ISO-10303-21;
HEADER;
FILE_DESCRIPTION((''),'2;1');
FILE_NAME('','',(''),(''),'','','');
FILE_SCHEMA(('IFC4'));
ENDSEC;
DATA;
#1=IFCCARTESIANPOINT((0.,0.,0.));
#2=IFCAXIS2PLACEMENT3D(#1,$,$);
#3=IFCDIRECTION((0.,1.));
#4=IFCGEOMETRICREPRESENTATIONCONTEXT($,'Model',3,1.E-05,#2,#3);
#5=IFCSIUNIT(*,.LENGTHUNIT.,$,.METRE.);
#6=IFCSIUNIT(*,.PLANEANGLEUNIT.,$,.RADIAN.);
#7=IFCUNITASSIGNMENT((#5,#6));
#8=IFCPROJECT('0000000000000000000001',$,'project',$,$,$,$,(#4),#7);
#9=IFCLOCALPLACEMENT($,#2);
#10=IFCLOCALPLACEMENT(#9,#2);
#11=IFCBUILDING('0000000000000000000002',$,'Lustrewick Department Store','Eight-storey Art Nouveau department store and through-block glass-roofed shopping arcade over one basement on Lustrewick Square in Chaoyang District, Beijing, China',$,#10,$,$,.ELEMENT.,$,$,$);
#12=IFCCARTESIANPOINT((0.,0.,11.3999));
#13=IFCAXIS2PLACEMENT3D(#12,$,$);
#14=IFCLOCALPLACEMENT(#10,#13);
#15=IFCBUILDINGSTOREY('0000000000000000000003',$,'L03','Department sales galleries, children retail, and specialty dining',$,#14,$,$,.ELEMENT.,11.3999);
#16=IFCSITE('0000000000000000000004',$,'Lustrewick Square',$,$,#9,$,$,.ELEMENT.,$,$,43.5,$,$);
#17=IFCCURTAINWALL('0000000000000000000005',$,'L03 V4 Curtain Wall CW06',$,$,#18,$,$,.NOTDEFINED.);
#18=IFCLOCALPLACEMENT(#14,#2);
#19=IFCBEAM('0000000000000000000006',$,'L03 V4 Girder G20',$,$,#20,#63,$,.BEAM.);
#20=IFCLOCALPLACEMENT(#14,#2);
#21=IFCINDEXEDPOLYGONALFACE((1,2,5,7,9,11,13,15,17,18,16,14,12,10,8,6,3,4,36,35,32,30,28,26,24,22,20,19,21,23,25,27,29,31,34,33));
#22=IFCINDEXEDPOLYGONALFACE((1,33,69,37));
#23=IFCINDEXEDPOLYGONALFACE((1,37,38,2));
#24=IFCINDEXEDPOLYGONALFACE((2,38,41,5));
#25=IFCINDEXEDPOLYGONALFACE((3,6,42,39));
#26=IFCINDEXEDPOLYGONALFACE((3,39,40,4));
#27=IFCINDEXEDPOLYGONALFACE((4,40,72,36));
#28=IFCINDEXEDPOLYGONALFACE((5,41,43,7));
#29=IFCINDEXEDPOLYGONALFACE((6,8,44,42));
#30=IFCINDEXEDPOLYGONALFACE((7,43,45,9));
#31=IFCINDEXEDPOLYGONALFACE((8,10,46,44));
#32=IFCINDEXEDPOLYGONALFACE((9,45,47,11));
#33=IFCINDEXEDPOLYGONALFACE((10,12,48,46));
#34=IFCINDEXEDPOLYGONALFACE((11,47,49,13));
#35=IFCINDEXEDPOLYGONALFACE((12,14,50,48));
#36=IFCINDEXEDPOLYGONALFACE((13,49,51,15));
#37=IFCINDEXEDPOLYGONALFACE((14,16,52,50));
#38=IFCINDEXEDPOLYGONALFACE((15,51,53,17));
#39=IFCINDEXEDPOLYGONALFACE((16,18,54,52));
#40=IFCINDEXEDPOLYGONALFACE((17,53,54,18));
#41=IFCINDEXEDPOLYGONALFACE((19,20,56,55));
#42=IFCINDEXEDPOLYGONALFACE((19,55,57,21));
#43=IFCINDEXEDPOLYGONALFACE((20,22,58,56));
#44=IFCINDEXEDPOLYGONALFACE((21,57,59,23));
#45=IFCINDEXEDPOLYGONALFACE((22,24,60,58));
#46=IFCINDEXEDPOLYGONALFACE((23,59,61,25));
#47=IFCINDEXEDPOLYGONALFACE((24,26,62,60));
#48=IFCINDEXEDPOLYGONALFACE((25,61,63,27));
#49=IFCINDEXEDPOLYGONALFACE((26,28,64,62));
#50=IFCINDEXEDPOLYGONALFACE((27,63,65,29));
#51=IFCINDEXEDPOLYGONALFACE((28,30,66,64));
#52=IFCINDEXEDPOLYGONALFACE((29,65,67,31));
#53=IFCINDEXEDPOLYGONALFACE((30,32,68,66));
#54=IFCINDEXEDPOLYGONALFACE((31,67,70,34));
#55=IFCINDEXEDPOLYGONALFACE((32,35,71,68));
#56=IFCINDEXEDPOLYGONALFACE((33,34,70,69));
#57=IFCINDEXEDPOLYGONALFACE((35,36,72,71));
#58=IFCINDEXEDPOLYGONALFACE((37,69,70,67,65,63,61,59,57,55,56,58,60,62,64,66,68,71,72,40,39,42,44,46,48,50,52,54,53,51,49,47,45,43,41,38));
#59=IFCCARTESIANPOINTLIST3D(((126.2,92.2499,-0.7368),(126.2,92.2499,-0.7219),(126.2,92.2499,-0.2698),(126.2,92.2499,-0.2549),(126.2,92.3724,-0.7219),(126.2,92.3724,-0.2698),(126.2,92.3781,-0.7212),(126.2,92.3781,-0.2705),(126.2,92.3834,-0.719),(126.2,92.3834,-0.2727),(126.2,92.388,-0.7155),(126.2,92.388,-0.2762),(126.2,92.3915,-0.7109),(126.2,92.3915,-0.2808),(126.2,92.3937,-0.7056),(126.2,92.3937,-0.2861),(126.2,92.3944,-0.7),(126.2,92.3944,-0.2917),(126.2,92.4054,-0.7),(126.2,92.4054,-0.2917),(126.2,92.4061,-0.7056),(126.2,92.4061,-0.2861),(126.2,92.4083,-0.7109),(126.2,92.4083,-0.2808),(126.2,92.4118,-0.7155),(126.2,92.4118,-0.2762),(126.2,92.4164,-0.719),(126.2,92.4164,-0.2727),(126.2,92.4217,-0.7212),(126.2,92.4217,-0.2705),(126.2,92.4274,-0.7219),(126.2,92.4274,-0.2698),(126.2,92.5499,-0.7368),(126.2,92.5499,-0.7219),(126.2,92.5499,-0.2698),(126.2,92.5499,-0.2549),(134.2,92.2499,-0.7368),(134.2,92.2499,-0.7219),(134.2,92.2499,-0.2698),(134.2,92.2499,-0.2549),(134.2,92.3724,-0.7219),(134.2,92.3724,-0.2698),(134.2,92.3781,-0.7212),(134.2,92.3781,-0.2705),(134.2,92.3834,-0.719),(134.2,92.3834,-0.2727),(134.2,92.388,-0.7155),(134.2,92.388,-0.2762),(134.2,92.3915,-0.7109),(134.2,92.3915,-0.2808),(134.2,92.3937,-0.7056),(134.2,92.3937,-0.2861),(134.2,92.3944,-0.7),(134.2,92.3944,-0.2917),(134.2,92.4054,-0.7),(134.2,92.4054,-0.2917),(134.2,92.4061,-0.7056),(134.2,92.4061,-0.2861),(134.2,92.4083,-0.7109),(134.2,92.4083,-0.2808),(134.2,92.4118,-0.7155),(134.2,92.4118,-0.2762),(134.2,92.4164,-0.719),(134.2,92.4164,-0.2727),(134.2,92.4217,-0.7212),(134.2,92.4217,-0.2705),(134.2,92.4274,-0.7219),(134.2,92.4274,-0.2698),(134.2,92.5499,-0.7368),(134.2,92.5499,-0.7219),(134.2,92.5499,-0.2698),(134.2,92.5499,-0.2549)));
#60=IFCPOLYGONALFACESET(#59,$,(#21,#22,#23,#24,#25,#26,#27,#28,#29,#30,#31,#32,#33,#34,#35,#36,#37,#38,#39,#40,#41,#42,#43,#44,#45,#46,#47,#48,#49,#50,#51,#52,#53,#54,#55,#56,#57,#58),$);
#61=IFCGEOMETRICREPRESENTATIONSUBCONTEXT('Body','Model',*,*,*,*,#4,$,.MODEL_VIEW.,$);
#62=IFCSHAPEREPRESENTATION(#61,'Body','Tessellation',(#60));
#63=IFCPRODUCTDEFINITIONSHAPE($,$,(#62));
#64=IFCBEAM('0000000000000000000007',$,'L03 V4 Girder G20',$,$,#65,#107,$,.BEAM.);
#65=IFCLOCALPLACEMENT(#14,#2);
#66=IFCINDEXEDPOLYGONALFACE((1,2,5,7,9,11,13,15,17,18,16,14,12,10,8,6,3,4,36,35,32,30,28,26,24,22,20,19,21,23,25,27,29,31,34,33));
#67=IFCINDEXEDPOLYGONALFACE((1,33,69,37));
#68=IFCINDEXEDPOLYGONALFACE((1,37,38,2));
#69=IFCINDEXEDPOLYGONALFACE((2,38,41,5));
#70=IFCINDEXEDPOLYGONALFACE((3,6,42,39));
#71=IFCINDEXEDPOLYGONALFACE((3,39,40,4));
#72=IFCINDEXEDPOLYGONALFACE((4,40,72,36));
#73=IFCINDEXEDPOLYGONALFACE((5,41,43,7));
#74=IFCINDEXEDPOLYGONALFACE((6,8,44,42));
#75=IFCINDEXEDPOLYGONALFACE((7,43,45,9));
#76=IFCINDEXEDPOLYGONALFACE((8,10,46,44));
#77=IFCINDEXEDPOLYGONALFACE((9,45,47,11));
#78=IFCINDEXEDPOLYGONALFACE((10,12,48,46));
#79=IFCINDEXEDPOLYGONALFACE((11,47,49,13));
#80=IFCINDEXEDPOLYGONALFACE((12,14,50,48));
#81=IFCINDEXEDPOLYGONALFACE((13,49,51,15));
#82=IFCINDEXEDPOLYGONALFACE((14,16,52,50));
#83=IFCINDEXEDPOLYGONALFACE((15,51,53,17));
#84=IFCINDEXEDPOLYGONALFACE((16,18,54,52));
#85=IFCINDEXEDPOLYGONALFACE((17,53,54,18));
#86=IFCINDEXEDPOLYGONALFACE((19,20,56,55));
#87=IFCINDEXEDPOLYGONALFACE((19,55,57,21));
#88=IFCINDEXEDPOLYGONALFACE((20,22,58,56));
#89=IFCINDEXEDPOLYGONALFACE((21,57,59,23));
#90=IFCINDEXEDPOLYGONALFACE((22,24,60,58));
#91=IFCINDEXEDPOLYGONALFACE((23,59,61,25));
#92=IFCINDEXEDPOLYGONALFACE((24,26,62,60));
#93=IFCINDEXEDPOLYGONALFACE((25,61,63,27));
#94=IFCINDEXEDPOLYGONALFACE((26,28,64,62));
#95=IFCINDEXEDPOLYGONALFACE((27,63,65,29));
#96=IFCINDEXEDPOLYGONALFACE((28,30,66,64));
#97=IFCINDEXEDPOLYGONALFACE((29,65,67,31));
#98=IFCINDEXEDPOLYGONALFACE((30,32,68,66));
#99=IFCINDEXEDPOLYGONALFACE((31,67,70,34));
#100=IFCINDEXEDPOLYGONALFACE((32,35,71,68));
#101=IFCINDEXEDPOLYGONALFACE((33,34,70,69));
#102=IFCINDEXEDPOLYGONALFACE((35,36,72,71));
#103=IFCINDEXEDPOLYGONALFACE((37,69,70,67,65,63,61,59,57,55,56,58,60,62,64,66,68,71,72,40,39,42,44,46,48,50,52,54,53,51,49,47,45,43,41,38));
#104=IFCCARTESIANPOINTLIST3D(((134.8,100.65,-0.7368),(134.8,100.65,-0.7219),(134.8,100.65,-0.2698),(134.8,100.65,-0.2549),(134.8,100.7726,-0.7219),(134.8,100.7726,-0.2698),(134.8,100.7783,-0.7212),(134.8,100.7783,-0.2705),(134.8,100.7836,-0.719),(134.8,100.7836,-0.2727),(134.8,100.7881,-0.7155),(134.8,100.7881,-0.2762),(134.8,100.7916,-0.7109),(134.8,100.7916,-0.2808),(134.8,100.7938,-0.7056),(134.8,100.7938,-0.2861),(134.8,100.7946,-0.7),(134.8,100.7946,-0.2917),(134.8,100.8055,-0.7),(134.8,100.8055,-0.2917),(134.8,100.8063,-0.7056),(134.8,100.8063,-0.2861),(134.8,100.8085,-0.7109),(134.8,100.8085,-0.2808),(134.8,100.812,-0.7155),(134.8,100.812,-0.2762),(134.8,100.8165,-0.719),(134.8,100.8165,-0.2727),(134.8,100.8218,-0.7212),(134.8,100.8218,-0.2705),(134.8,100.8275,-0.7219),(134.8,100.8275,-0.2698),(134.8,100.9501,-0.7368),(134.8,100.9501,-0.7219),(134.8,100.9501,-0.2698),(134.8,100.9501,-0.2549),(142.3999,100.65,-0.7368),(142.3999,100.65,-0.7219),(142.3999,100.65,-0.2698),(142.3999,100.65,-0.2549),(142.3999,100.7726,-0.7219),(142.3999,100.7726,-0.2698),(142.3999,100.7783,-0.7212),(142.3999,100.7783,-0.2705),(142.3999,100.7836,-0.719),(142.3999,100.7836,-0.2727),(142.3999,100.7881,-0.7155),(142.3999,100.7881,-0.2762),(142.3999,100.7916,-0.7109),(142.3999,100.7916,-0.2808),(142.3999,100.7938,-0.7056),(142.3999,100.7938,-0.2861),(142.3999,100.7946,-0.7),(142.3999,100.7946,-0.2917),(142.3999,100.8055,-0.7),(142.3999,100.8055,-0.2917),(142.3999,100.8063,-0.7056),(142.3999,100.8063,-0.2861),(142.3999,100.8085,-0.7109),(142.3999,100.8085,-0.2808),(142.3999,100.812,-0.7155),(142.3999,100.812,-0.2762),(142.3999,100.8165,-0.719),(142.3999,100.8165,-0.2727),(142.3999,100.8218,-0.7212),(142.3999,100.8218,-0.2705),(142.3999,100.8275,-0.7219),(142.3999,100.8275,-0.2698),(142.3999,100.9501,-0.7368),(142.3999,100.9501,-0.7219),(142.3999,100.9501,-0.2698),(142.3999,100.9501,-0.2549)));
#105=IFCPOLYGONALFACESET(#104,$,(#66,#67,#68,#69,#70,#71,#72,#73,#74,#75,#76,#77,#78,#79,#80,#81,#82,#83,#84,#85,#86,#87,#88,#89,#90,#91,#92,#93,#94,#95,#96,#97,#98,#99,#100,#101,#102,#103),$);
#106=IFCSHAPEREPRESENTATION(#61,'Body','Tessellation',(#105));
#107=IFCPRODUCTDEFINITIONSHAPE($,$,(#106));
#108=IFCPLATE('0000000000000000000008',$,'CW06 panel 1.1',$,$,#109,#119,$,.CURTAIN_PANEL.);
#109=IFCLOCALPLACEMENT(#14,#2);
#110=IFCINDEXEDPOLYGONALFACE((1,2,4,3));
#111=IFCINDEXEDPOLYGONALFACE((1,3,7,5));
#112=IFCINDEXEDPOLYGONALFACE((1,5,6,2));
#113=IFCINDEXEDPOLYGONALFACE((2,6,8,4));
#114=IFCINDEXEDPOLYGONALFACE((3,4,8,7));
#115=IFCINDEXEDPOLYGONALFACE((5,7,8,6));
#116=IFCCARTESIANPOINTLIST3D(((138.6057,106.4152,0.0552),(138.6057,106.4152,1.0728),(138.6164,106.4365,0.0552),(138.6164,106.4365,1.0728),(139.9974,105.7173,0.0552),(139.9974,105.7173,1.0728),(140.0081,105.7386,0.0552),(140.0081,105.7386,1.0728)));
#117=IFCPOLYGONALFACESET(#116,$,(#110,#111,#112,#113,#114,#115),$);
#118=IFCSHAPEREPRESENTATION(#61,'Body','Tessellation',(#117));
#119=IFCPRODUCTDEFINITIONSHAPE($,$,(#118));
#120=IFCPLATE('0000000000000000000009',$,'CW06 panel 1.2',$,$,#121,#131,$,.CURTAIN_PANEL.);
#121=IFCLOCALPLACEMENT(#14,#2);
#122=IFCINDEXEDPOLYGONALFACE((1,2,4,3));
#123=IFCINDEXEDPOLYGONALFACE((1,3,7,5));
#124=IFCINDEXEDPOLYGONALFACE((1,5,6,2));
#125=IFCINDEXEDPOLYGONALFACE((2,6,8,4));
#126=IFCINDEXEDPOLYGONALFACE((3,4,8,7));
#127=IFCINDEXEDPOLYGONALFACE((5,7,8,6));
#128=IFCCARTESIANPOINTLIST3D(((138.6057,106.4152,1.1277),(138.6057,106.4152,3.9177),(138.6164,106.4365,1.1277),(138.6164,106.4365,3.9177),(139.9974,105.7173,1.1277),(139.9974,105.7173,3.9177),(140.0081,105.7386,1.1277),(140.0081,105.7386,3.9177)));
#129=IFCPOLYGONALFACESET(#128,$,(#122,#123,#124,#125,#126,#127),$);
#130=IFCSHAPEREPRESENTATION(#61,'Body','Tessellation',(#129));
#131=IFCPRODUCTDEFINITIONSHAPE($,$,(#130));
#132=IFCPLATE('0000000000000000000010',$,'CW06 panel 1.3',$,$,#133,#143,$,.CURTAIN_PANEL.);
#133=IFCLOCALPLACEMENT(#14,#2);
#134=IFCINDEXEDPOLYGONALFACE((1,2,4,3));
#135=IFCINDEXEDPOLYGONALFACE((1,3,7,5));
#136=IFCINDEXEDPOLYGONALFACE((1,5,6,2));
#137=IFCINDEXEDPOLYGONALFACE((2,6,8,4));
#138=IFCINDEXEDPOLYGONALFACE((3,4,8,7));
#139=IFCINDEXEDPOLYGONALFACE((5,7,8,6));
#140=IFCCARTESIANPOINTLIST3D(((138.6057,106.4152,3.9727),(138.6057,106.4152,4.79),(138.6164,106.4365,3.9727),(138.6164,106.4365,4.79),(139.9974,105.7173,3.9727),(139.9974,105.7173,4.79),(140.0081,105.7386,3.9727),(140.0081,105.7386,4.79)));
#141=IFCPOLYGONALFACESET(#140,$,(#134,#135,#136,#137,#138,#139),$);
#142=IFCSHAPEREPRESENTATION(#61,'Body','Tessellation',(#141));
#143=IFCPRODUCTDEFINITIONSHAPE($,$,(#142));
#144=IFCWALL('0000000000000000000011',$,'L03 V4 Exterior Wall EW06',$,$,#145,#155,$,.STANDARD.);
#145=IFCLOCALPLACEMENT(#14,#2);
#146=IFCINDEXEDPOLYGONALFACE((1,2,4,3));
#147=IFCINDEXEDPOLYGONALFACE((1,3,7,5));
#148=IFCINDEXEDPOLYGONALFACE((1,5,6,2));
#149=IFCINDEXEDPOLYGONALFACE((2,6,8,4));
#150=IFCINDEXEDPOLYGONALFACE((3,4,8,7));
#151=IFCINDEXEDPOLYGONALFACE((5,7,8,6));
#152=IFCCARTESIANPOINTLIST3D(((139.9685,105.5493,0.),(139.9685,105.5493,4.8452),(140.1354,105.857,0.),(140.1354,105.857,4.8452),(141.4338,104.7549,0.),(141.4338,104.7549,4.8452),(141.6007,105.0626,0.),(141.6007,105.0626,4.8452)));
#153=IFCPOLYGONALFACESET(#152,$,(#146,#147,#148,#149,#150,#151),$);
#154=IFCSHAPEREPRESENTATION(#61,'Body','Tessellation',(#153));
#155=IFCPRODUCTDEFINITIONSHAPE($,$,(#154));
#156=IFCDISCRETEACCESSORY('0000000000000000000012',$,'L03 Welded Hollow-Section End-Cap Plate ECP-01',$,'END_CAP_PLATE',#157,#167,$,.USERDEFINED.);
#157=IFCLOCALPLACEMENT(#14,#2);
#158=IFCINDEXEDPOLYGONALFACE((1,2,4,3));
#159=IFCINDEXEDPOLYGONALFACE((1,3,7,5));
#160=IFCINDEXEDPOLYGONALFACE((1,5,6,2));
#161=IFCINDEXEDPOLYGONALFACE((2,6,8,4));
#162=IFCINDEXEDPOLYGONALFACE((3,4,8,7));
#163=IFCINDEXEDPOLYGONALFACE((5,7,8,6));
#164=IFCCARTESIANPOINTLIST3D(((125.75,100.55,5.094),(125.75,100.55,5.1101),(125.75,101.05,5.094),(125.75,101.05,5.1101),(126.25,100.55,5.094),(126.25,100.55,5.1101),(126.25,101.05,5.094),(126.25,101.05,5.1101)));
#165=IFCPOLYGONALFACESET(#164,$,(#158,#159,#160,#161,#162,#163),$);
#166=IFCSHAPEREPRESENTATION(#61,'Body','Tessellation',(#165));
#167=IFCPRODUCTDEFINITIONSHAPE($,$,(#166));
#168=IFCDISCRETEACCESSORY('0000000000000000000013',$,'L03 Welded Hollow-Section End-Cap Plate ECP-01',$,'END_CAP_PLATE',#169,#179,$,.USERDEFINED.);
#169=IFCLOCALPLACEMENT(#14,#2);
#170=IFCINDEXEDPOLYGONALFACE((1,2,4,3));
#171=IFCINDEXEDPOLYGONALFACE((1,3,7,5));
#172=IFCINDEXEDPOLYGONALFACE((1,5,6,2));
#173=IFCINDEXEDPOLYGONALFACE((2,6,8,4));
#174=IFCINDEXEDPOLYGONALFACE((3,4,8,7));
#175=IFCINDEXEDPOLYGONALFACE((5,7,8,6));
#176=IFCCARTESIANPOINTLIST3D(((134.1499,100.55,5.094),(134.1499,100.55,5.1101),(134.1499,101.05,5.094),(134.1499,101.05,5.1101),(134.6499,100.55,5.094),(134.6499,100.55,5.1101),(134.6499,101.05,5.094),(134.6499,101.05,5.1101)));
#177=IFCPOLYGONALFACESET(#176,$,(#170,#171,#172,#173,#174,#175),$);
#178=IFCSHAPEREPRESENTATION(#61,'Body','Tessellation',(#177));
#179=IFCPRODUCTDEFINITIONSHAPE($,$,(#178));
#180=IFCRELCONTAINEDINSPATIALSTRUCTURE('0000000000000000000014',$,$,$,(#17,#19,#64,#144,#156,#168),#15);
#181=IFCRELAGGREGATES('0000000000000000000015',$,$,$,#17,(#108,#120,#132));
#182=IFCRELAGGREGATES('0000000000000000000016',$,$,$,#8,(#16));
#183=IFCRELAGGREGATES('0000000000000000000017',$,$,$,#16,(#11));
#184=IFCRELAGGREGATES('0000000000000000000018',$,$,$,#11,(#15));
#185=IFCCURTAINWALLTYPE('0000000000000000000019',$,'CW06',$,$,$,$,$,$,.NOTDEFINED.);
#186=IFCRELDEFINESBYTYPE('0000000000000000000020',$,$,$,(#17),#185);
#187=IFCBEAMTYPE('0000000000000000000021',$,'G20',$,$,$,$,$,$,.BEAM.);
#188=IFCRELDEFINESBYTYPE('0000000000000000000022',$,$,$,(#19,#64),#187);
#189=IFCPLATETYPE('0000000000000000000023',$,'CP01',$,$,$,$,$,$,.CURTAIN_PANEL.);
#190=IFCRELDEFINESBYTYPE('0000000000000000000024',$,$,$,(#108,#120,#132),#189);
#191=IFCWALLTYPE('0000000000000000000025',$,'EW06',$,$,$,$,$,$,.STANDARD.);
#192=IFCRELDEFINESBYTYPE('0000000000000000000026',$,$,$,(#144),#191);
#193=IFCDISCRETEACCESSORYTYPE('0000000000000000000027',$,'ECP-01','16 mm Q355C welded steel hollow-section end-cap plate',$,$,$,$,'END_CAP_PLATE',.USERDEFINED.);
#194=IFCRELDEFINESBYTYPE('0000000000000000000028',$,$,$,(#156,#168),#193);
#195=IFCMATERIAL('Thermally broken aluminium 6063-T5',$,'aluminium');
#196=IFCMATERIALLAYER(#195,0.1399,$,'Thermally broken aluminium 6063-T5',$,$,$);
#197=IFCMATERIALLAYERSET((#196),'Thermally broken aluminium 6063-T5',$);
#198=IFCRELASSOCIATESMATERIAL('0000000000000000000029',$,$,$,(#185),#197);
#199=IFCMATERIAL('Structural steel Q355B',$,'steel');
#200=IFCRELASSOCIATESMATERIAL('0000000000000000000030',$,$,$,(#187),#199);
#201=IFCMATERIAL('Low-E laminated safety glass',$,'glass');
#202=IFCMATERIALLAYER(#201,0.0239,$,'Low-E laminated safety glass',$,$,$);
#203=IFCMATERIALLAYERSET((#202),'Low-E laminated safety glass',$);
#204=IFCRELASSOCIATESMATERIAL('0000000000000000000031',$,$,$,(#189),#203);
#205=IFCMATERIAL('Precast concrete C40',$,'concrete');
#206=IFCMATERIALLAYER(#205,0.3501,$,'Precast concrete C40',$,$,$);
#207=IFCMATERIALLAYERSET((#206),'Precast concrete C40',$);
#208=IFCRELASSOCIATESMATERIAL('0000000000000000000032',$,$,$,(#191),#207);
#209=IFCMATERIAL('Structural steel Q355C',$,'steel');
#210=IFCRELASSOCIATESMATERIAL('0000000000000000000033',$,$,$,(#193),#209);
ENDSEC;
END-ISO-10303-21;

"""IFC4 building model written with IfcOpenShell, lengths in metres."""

from ifc_helpers import new_model, si_unit, direction, frame, frame_2d, origin, origin_2d, place, context, subcontext, project, spatial, rectangle, i_section, extrude, material, layer, layer_set, material_profile, profile_set, type_object, element, aggregate, save


model = new_model("IFC4")

# Units and contexts
model_context = context("Model", 3, precision=1e-05, world=origin(), true_north=direction((0.0, 1.0)))
body_context = subcontext(model_context, "Body", "Model", "MODEL_VIEW")
ifc_project = project(units=[si_unit("LENGTHUNIT", "METRE"), si_unit("PLANEANGLEUNIT", "RADIAN")], contexts=[model_context])

# Site, building, storey
site_placement = place(None, origin())
site = spatial("IfcSite", under=ifc_project, at=site_placement, Name="Lustrewick Square", CompositionType="ELEMENT", RefElevation=43.5)
building_placement = place(site_placement, origin())
building = spatial("IfcBuilding", under=site, at=building_placement, Name="Lustrewick Department Store", Description="Eight-storey Art Nouveau department store and through-block glass-roofed shopping arcade over one basement on Lustrewick Square in Chaoyang District, Beijing, China", CompositionType="ELEMENT")
storey_placement = place(building_placement, frame((0.0, 0.0, 11.3999)))
storey = spatial("IfcBuildingStorey", under=building, at=storey_placement, Name="L03", Description="Department sales galleries, children retail, and specialty dining", CompositionType="ELEMENT", Elevation=11.3999)

# Shared definitions
ifc_material_1 = material(Name="Structural steel Q355C", Category="steel")
ifc_material_2 = material(Name="Structural steel Q355B", Category="steel")

# Curtain wall
ifc_material_3 = material(Name="Thermally broken aluminium 6063-T5", Category="aluminium")
ifc_layer_1 = layer(ifc_material_3, 0.1399, Name="Thermally broken aluminium 6063-T5")
ifc_layer_set_1 = layer_set([ifc_layer_1], Name="Thermally broken aluminium 6063-T5")
curtain_wall_type = type_object("IfcCurtainWallType", Name="CW06", PredefinedType="NOTDEFINED", material=ifc_layer_set_1)
curtain_wall_placement = place(storey_placement, origin())
curtain_wall = element("IfcCurtainWall", 1, at=curtain_wall_placement, inside=storey, type_object=curtain_wall_type, Name="L03 V4 Curtain Wall CW06", PredefinedType="NOTDEFINED")

# Beams
ifc_material_profile_1 = material_profile(ifc_material_2, i_section(OverallWidth=0.3, OverallDepth=0.4819, WebThickness=0.011, FlangeThickness=0.0149, FilletRadius=0.022, at=origin_2d()), Name="HM 482x300x11x15")
ifc_profile_set_1 = profile_set([ifc_material_profile_1], Name="Structural steel Q355B")
beam_type_1 = type_object("IfcBeamType", Name="G20", PredefinedType="BEAM", material=ifc_profile_set_1)
beam_1_placement = place(storey_placement, frame((126.2, 92.3999, -0.4958), z_axis=(1.0, 0.0, 0.0), x_axis=(0.0, 1.0, 0.0)))
element("IfcBeam", 2, at=beam_1_placement, inside=storey, type_object=beam_type_1, Name="L03 V4 Girder G20", PredefinedType="BEAM", context=body_context, shape_type="SweptSolid", body=[
    extrude(i_section(OverallWidth=0.3, OverallDepth=0.4819, WebThickness=0.011, FlangeThickness=0.0149, FilletRadius=0.022, at=origin_2d()), origin(), (0.0, 0.0, 1.0), 8.0),
])
beam_2_placement = place(storey_placement, frame((134.8, 100.8, -0.4958), z_axis=(1.0, 0.0, 0.0), x_axis=(0.0, 1.0, 0.0)))
element("IfcBeam", 3, at=beam_2_placement, inside=storey, type_object=beam_type_1, Name="L03 V4 Girder G20", PredefinedType="BEAM", context=body_context, shape_type="SweptSolid", body=[
    extrude(i_section(OverallWidth=0.3, OverallDepth=0.4819, WebThickness=0.011, FlangeThickness=0.0149, FilletRadius=0.022, at=origin_2d()), origin(), (0.0, 0.0, 1.0), 7.5999),
])

# Plates
ifc_material_4 = material(Name="Low-E laminated safety glass", Category="glass")
ifc_layer_2 = layer(ifc_material_4, 0.0239, Name="Low-E laminated safety glass")
ifc_layer_set_2 = layer_set([ifc_layer_2], Name="Low-E laminated safety glass")
plate_type = type_object("IfcPlateType", Name="CP01", PredefinedType="CURTAIN_PANEL", material=ifc_layer_set_2)
plate_1_placement = place(storey_placement, frame((139.3069, 106.0769, 0.0552), z_axis=(0.0, 0.0, 1.0), x_axis=(-0.893899, 0.448269, 0.0)))
plate_1 = element("IfcPlate", 4, at=plate_1_placement, type_object=plate_type, Name="CW06 panel 1.1", PredefinedType="CURTAIN_PANEL", context=body_context, shape_type="SweptSolid", body=[
    extrude(rectangle(XDim=1.5569, YDim=0.0239, at=origin_2d()), origin(), (0.0, 0.0, 1.0), 1.0176),
])
plate_2_placement = place(storey_placement, frame((139.3069, 106.0769, 1.1277), z_axis=(0.0, 0.0, 1.0), x_axis=(-0.893899, 0.448269, 0.0)))
plate_2 = element("IfcPlate", 5, at=plate_2_placement, type_object=plate_type, Name="CW06 panel 1.2", PredefinedType="CURTAIN_PANEL", context=body_context, shape_type="SweptSolid", body=[
    extrude(rectangle(XDim=1.5569, YDim=0.0239, at=origin_2d()), origin(), (0.0, 0.0, 1.0), 2.79),
])
plate_3_placement = place(storey_placement, frame((139.3069, 106.0769, 3.9727), z_axis=(0.0, 0.0, 1.0), x_axis=(-0.893899, 0.448269, 0.0)))
plate_3 = element("IfcPlate", 6, at=plate_3_placement, type_object=plate_type, Name="CW06 panel 1.3", PredefinedType="CURTAIN_PANEL", context=body_context, shape_type="SweptSolid", body=[
    extrude(rectangle(XDim=1.5569, YDim=0.0239, at=origin_2d()), origin(), (0.0, 0.0, 1.0), 0.8174),
])
aggregate(curtain_wall, [plate_1, plate_2, plate_3])

# Wall
ifc_material_5 = material(Name="Precast concrete C40", Category="concrete")
ifc_layer_3 = layer(ifc_material_5, 0.3501, Name="Precast concrete C40")
ifc_layer_set_3 = layer_set([ifc_layer_3], Name="Precast concrete C40")
wall_type = type_object("IfcWallType", Name="EW06", PredefinedType="STANDARD", material=ifc_layer_set_3)
wall_placement = place(storey_placement, frame((141.5173, 104.9087, 0.0), z_axis=(0.0, 0.0, 1.0), x_axis=(-0.879113, 0.476613, 0.0)))
element("IfcWall", 7, at=wall_placement, inside=storey, type_object=wall_type, Name="L03 V4 Exterior Wall EW06", PredefinedType="STANDARD", context=body_context, shape_type="SweptSolid", body=[
    extrude(rectangle(XDim=1.6667, YDim=0.3501, at=frame_2d((0.8335, 0.0))), origin(), (0.0, 0.0, 1.0), 4.8452),
])

# Discrete accessories
discrete_accessory_type = type_object("IfcDiscreteAccessoryType", Name="ECP-01", Description="16 mm Q355C welded steel hollow-section end-cap plate", ElementType="END_CAP_PLATE", PredefinedType="USERDEFINED", material=ifc_material_1)
for number, where, z_axis, x_axis, name in (
    (8, (126.0, 100.8, 5.094), (0.0, 0.0, 1.0), (1.0, 0.0, 0.0), "L03 Welded Hollow-Section End-Cap Plate ECP-01"),
    (9, (134.3999, 100.8, 5.094), (0.0, 0.0, 1.0), (1.0, 0.0, 0.0), "L03 Welded Hollow-Section End-Cap Plate ECP-01"),
):
    element("IfcDiscreteAccessory", number, at=place(storey_placement, frame(where, z_axis=z_axis, x_axis=x_axis)), inside=storey, type_object=discrete_accessory_type, Name=name, ObjectType="END_CAP_PLATE", PredefinedType="USERDEFINED", context=body_context, shape_type="SweptSolid", body=[
        extrude(rectangle(XDim=0.5, YDim=0.5, at=origin_2d()), origin(), (0.0, 0.0, 1.0), 0.0161),
    ])

save(model, "model.ifc")
